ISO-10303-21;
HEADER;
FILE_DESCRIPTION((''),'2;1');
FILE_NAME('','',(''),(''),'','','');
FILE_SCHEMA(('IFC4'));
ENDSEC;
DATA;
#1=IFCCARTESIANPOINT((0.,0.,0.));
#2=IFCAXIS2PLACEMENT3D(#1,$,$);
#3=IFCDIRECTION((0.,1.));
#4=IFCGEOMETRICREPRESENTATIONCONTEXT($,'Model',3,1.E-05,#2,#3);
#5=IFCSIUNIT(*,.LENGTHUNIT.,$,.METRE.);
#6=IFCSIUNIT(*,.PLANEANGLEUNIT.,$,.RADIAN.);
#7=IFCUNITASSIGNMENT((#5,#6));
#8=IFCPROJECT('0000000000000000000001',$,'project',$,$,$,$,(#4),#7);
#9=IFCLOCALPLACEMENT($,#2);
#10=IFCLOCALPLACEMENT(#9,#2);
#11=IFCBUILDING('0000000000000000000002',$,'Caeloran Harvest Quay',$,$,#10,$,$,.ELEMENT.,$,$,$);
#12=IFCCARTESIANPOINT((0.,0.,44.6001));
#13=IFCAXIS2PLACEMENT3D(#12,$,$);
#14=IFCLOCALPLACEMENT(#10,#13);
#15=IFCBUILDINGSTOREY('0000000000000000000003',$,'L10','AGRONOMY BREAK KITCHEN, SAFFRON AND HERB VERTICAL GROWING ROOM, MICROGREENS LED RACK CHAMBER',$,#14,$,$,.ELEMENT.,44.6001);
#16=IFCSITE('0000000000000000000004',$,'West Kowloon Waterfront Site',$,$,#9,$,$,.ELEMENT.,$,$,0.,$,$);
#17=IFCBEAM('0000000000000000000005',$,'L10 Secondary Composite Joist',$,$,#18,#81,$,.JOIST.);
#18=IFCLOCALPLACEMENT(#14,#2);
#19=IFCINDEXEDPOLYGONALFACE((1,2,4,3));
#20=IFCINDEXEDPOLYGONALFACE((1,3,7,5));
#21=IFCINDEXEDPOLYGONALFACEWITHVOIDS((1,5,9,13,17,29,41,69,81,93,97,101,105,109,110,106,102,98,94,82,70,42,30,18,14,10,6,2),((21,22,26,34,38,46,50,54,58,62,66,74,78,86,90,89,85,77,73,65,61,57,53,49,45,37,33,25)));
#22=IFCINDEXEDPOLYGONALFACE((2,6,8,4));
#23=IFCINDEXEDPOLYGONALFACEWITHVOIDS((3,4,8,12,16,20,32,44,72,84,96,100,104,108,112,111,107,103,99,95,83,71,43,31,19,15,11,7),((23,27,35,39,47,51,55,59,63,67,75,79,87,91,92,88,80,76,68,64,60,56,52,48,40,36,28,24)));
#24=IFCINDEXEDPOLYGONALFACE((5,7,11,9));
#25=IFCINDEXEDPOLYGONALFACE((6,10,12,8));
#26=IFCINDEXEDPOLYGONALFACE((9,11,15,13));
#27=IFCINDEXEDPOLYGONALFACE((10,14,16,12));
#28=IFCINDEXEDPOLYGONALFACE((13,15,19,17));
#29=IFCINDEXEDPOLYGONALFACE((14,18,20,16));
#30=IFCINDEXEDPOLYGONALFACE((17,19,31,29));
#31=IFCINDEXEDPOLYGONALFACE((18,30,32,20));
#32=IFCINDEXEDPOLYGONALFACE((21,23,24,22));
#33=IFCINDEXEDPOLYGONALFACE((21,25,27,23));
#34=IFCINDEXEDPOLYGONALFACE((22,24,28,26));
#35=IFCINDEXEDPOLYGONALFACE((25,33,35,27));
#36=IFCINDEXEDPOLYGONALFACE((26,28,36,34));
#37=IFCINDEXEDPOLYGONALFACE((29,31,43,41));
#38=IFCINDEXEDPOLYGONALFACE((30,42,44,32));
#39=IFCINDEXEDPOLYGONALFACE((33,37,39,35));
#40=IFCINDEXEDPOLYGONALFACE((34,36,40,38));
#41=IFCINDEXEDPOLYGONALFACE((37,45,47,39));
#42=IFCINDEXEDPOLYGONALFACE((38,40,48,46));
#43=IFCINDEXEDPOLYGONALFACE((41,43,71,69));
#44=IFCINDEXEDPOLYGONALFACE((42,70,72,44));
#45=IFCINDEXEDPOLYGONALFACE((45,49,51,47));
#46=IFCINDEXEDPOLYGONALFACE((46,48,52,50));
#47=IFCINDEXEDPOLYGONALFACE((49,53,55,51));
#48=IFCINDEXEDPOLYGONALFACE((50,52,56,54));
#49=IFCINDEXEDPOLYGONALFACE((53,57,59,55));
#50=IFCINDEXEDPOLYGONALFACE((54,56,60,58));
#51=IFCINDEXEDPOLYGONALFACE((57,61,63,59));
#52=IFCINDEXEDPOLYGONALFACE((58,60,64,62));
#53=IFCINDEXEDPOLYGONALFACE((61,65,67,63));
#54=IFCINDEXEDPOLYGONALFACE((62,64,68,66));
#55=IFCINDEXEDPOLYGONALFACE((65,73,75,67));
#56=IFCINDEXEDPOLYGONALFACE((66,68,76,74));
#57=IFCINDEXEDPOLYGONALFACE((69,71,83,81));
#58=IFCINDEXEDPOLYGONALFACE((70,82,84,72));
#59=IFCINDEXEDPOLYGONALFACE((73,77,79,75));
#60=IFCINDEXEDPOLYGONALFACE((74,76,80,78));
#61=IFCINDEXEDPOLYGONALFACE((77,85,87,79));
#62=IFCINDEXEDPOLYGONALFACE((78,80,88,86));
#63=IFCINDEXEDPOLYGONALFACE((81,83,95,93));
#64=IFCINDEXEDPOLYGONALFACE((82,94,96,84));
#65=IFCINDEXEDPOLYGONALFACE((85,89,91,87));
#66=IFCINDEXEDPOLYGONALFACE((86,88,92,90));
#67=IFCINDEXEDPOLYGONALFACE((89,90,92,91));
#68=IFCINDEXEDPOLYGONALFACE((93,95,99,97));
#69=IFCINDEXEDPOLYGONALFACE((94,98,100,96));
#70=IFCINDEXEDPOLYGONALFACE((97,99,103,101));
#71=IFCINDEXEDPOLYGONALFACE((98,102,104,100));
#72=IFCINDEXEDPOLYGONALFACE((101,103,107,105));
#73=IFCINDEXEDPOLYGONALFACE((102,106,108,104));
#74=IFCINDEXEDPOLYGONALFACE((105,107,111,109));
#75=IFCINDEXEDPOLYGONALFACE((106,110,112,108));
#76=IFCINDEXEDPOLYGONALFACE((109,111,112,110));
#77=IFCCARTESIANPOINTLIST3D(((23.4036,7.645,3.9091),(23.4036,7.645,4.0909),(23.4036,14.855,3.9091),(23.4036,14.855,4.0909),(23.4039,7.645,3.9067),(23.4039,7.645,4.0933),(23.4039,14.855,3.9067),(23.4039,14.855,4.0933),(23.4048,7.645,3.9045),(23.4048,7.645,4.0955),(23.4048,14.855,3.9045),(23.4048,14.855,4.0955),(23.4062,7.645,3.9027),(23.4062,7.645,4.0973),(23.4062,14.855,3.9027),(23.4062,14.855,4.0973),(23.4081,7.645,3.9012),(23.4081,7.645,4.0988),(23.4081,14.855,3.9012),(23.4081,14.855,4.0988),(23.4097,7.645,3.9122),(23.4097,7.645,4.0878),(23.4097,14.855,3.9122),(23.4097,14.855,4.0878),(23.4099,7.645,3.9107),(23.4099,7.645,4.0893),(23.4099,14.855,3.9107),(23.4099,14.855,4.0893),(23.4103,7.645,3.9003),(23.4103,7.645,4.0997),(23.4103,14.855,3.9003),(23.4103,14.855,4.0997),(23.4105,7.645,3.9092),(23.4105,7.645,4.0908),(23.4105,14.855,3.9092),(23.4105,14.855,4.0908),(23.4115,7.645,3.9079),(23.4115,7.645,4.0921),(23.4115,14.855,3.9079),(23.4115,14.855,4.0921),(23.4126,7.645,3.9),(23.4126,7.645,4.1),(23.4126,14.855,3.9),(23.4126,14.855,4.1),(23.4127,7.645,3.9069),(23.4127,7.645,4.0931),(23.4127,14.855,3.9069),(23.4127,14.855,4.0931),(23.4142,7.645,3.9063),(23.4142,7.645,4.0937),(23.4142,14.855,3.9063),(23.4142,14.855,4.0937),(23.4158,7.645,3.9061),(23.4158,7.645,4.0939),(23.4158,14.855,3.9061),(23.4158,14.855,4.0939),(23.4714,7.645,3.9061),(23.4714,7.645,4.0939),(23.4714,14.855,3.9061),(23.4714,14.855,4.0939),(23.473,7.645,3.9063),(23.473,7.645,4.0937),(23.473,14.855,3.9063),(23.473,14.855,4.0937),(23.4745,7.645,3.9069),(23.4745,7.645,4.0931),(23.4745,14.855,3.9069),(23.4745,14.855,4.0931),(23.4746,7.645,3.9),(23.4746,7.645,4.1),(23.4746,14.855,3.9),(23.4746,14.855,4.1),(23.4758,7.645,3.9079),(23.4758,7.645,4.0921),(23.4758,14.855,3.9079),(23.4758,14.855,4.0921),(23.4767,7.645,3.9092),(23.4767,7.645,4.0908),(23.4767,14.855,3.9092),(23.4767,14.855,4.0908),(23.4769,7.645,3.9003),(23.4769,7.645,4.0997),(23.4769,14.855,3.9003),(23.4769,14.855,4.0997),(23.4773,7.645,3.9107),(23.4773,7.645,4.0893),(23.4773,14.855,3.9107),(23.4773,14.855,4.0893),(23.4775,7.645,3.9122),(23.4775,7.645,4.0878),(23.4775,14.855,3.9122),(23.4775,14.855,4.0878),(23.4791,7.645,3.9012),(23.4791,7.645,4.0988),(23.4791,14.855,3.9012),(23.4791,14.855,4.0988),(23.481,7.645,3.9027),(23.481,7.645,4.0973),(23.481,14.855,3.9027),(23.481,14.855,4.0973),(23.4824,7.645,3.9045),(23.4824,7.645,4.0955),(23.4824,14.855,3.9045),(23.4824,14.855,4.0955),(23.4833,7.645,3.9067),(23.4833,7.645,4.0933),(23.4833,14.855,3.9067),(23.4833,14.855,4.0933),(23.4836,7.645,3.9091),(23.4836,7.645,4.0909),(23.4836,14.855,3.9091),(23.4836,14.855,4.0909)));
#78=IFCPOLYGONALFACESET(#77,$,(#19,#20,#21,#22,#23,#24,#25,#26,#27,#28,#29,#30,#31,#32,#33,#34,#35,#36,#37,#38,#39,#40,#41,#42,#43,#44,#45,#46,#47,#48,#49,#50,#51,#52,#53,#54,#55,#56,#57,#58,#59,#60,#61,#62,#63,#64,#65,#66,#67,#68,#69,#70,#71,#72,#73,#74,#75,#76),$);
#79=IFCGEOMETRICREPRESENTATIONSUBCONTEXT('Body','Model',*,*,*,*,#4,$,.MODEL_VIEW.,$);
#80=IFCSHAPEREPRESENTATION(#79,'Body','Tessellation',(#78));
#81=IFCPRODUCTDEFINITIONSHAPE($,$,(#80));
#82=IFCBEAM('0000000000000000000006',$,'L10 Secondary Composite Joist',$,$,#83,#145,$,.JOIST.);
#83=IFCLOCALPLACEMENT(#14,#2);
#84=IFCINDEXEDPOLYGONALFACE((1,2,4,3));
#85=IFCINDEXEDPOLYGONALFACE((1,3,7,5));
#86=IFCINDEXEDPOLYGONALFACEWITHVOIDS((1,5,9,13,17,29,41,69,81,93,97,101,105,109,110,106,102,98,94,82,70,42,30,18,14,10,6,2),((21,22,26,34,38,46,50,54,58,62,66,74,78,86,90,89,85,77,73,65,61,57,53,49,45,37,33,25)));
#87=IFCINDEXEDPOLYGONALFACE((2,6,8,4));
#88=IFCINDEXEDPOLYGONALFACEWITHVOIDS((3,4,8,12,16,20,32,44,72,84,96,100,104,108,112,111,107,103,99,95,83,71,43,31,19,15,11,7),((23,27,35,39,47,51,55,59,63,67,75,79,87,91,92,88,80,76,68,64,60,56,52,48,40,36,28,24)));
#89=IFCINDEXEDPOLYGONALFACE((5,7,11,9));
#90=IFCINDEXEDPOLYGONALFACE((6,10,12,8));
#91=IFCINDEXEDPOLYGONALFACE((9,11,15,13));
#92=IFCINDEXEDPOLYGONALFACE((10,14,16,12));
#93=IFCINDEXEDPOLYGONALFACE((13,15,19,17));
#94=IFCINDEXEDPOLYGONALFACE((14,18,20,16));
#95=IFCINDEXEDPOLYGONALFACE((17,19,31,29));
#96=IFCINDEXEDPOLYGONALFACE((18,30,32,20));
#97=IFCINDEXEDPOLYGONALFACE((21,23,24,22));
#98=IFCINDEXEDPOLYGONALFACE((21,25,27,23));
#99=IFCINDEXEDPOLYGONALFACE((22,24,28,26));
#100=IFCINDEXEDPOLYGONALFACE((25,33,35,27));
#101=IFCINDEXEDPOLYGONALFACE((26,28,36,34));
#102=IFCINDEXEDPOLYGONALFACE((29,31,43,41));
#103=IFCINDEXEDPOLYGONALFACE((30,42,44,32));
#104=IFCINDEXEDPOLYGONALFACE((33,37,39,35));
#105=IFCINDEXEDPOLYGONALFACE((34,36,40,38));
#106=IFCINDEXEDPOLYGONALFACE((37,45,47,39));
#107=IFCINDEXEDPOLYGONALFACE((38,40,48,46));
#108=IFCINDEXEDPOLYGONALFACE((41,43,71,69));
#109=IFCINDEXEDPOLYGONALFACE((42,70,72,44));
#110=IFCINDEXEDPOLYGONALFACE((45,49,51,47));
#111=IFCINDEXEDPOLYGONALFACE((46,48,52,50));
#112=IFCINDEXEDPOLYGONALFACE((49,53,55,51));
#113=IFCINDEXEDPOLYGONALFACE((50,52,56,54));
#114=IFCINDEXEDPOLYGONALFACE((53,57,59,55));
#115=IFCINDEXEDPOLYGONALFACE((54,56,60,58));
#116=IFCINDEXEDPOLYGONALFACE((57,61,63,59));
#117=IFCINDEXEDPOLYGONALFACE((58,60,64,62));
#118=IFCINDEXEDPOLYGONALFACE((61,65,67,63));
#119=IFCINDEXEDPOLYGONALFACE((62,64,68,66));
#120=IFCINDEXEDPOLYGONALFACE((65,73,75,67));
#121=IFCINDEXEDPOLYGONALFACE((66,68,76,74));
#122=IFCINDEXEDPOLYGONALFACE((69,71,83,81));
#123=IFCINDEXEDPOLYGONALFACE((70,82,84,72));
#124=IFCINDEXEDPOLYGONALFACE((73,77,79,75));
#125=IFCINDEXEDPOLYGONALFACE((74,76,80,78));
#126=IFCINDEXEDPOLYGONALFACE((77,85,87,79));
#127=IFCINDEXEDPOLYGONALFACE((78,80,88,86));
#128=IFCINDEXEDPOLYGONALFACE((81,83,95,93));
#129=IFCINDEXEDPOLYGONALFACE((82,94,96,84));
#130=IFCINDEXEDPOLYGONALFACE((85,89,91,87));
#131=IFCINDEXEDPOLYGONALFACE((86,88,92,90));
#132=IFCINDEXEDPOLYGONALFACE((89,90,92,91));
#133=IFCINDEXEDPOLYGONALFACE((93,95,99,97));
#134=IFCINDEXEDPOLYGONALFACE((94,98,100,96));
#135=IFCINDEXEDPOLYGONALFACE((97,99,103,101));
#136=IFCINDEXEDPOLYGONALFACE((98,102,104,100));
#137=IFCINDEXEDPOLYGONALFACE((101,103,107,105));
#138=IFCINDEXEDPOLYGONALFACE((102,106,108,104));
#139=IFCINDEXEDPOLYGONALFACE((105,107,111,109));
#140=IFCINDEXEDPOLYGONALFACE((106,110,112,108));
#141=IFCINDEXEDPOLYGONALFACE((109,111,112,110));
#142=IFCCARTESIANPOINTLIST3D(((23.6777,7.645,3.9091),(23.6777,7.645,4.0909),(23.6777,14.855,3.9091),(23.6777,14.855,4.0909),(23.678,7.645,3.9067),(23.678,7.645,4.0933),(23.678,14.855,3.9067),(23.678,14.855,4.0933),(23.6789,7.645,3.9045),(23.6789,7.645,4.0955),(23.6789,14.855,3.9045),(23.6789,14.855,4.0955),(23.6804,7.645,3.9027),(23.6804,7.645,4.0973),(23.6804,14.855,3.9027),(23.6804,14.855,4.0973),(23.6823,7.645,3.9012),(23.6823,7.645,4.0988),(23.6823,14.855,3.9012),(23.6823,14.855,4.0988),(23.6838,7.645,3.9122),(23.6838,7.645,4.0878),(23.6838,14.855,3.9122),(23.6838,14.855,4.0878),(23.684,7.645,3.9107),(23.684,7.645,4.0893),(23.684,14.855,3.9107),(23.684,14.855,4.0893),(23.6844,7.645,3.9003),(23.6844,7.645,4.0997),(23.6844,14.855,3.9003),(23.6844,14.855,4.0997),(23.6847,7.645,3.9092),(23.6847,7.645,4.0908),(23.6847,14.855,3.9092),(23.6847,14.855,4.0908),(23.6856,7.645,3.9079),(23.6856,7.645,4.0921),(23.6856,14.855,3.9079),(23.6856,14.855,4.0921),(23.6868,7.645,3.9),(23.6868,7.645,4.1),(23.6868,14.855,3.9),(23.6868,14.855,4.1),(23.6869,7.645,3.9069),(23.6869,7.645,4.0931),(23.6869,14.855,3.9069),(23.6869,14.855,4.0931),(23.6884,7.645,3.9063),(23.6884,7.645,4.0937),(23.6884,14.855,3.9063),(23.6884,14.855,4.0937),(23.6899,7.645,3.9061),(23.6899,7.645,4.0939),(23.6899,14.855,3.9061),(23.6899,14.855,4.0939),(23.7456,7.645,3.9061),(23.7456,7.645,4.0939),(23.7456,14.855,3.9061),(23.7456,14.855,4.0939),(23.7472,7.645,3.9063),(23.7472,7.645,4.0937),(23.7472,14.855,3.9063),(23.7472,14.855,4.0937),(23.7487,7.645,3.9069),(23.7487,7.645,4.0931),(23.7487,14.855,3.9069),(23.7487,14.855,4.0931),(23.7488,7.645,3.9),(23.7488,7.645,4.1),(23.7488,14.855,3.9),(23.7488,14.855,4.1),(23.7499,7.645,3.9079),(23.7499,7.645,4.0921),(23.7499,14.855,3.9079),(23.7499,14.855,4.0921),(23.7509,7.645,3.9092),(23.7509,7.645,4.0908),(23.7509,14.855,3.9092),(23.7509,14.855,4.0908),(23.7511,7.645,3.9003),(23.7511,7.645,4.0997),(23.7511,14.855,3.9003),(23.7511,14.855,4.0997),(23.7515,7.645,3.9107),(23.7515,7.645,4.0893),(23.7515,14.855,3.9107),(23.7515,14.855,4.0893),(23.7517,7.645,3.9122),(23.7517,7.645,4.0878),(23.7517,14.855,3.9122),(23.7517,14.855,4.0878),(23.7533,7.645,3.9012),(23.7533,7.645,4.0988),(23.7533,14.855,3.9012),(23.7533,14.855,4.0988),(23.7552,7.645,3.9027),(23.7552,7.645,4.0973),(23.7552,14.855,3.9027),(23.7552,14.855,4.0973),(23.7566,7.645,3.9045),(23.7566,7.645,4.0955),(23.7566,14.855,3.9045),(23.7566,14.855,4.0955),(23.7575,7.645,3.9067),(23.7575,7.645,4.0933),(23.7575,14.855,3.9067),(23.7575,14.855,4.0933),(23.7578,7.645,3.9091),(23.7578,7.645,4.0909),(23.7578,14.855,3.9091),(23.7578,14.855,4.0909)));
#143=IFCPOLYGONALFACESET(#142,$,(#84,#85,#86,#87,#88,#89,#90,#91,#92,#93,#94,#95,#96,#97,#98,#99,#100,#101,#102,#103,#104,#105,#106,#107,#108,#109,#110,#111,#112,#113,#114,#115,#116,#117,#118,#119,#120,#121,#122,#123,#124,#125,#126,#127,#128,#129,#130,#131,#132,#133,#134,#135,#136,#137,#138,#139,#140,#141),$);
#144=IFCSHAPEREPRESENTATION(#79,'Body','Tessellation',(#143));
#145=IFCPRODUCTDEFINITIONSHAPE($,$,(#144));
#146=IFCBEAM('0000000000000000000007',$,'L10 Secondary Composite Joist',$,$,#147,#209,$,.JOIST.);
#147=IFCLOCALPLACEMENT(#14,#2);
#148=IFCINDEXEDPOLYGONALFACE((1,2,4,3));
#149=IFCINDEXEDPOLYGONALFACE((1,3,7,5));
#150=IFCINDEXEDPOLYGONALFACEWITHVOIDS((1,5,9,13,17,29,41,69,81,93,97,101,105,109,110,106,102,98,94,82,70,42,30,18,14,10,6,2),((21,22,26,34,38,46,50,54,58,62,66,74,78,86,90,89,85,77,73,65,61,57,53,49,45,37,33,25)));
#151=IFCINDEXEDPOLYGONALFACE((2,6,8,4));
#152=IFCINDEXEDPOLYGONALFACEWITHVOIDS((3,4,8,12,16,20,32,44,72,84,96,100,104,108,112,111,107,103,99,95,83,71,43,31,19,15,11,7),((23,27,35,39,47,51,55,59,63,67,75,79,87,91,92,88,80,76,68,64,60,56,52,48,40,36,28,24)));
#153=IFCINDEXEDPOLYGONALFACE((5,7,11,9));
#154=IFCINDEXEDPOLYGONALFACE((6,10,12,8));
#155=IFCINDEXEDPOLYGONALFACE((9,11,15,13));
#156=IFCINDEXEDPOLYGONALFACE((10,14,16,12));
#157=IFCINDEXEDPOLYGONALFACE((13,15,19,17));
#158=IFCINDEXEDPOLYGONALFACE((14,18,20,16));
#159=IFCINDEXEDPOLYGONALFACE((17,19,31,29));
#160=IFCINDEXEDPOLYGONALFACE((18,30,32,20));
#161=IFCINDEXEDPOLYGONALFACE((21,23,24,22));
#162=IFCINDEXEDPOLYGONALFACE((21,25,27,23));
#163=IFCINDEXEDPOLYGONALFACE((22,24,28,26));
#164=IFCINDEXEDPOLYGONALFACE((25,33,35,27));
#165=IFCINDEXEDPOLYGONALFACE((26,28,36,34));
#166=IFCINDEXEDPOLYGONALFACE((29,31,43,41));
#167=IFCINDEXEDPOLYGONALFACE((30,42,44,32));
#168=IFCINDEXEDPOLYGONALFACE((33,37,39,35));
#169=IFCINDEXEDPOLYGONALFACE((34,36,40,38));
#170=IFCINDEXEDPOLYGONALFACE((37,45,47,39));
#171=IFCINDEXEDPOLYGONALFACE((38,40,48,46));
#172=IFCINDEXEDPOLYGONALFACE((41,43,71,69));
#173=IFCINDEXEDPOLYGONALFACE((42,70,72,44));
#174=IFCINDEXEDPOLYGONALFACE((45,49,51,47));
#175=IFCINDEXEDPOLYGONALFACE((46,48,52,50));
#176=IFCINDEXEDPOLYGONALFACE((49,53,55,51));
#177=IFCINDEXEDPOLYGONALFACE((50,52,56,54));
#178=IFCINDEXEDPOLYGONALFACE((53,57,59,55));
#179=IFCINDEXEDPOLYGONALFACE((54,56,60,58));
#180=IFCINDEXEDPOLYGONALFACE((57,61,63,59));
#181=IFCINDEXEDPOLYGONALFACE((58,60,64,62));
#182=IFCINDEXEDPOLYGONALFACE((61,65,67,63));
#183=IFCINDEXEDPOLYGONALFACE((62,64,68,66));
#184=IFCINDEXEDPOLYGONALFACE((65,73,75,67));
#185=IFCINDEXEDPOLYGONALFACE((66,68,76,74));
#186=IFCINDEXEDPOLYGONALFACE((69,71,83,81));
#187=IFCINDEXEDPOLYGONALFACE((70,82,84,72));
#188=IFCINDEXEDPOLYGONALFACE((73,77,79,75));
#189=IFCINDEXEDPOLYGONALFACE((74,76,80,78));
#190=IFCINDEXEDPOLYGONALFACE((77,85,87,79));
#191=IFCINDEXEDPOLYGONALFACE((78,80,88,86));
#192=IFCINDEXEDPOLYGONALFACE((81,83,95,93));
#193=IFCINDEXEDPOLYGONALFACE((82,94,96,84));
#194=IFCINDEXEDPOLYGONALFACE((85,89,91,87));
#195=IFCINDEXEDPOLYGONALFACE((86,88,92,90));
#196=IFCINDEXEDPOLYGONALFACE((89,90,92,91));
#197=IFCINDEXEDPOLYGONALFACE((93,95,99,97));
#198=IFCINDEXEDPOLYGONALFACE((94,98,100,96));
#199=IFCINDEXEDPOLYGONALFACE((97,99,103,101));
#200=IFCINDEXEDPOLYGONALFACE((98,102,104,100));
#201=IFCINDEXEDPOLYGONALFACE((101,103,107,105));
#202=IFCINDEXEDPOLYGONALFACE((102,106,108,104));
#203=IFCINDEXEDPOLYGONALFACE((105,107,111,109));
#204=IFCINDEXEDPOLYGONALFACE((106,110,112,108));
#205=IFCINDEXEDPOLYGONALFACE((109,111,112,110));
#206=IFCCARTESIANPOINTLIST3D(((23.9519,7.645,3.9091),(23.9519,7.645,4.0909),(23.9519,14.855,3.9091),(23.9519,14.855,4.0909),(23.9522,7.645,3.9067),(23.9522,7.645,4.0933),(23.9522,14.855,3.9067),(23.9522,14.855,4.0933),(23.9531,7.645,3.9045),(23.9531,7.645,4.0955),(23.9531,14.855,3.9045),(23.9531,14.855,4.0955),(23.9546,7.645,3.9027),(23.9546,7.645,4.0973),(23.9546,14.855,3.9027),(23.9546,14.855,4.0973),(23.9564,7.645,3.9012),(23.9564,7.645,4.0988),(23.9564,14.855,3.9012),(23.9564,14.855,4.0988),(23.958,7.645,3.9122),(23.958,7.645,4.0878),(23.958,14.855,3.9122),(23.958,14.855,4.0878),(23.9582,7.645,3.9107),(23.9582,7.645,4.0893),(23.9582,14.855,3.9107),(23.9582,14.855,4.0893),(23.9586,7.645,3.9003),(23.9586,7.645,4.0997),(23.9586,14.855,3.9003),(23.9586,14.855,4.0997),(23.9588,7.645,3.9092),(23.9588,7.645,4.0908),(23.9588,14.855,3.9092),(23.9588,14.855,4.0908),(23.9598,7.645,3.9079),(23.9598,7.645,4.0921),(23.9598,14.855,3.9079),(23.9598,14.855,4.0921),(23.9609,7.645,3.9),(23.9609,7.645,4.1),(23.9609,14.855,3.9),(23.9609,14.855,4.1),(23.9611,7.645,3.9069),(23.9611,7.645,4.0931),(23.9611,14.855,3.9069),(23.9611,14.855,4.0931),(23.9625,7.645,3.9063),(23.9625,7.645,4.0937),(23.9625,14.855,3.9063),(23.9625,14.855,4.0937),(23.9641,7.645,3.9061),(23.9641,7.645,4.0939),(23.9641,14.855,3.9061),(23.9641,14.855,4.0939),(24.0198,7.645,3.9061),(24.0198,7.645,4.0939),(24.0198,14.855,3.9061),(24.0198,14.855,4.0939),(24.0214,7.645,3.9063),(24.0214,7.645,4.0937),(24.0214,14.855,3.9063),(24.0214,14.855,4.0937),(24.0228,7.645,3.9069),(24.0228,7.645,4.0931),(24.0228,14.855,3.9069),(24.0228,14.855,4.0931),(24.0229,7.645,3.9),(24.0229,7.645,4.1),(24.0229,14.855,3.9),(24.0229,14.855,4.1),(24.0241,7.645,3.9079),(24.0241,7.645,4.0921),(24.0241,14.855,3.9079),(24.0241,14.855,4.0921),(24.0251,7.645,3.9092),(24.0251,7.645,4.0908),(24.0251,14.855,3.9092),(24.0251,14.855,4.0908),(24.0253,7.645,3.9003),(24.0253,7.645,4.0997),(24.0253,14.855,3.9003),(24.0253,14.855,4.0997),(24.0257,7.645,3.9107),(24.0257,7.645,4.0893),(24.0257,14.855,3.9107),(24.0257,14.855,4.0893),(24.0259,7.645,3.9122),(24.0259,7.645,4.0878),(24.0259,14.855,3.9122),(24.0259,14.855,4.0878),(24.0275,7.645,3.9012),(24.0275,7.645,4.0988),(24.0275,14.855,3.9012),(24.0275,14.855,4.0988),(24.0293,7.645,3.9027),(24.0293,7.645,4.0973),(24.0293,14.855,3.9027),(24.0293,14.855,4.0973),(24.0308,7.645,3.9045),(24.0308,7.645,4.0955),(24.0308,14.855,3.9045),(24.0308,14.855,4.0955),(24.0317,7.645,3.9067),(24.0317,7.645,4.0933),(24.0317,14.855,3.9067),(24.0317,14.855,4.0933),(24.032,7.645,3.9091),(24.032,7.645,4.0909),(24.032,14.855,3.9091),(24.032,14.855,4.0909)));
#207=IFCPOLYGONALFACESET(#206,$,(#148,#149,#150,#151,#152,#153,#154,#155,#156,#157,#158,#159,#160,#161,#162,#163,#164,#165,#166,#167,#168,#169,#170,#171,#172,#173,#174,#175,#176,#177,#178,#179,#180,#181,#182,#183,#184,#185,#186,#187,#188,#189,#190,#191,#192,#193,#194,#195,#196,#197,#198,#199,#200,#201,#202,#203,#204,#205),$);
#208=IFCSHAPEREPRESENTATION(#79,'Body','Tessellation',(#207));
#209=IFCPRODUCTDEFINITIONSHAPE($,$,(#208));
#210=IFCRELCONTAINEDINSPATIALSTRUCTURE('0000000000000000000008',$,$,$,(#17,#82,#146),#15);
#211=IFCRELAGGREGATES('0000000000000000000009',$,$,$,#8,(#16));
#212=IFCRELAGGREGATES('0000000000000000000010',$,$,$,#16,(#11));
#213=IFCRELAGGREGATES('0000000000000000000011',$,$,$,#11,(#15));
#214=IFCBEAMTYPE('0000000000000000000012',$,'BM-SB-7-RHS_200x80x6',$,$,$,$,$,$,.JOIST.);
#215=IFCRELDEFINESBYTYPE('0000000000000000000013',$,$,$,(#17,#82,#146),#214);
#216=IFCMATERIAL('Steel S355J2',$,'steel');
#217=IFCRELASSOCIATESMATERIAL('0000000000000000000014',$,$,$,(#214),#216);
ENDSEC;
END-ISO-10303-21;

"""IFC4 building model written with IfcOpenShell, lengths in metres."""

from ifc_helpers import new_model, si_unit, direction, frame, origin, origin_2d, place, context, subcontext, project, spatial, hollow_rectangle, extrude, material, material_profile, profile_set, type_object, element, save


model = new_model("IFC4")

# Units and contexts
model_context = context("Model", 3, precision=1e-05, world=origin(), true_north=direction((0.0, 1.0)))
body_context = subcontext(model_context, "Body", "Model", "MODEL_VIEW")
ifc_project = project(units=[si_unit("LENGTHUNIT", "METRE"), si_unit("PLANEANGLEUNIT", "RADIAN")], contexts=[model_context])

# Site, building, storey
site_placement = place(None, origin())
site = spatial("IfcSite", under=ifc_project, at=site_placement, Name="West Kowloon Waterfront Site", CompositionType="ELEMENT", RefElevation=0.0)
building_placement = place(site_placement, origin())
building = spatial("IfcBuilding", under=site, at=building_placement, Name="Caeloran Harvest Quay", CompositionType="ELEMENT")
storey_placement = place(building_placement, frame((0.0, 0.0, 44.6001)))
storey = spatial("IfcBuildingStorey", under=building, at=storey_placement, Name="L10", Description="AGRONOMY BREAK KITCHEN, SAFFRON AND HERB VERTICAL GROWING ROOM, MICROGREENS LED RACK CHAMBER", CompositionType="ELEMENT", Elevation=44.6001)

# Beams
ifc_material_1 = material(Name="Steel S355J2", Category="steel")
ifc_material_profile_1 = material_profile(ifc_material_1, hollow_rectangle(XDim=0.0801, YDim=0.2, WallThickness=0.0061, InnerFilletRadius=0.0061, OuterFilletRadius=0.009, at=origin_2d()), Name="RHS 200x80x6")
ifc_profile_set_1 = profile_set([ifc_material_profile_1], Name="Steel S355J2")
beam_type_1 = type_object("IfcBeamType", Name="BM-SB-7-RHS_200x80x6", PredefinedType="JOIST", material=ifc_profile_set_1)
for number, where, z_axis, x_axis, name in (
    (1, (23.4436, 7.645, 4.0), (0.0, 1.0, 0.0), (-1.0, 0.0, 0.0), "L10 Secondary Composite Joist"),
    (2, (23.7178, 7.645, 4.0), (0.0, 1.0, 0.0), (-1.0, 0.0, 0.0), "L10 Secondary Composite Joist"),
    (3, (23.9919, 7.645, 4.0), (0.0, 1.0, 0.0), (-1.0, 0.0, 0.0), "L10 Secondary Composite Joist"),
):
    element("IfcBeam", number, at=place(storey_placement, frame(where, z_axis=z_axis, x_axis=x_axis)), inside=storey, type_object=beam_type_1, Name=name, PredefinedType="JOIST", context=body_context, shape_type="SweptSolid", body=[
        extrude(hollow_rectangle(XDim=0.0801, YDim=0.2, WallThickness=0.0061, InnerFilletRadius=0.0061, OuterFilletRadius=0.009, at=origin_2d()), origin(), (0.0, 0.0, 1.0), 7.21),
    ])

save(model, "model.ifc")
